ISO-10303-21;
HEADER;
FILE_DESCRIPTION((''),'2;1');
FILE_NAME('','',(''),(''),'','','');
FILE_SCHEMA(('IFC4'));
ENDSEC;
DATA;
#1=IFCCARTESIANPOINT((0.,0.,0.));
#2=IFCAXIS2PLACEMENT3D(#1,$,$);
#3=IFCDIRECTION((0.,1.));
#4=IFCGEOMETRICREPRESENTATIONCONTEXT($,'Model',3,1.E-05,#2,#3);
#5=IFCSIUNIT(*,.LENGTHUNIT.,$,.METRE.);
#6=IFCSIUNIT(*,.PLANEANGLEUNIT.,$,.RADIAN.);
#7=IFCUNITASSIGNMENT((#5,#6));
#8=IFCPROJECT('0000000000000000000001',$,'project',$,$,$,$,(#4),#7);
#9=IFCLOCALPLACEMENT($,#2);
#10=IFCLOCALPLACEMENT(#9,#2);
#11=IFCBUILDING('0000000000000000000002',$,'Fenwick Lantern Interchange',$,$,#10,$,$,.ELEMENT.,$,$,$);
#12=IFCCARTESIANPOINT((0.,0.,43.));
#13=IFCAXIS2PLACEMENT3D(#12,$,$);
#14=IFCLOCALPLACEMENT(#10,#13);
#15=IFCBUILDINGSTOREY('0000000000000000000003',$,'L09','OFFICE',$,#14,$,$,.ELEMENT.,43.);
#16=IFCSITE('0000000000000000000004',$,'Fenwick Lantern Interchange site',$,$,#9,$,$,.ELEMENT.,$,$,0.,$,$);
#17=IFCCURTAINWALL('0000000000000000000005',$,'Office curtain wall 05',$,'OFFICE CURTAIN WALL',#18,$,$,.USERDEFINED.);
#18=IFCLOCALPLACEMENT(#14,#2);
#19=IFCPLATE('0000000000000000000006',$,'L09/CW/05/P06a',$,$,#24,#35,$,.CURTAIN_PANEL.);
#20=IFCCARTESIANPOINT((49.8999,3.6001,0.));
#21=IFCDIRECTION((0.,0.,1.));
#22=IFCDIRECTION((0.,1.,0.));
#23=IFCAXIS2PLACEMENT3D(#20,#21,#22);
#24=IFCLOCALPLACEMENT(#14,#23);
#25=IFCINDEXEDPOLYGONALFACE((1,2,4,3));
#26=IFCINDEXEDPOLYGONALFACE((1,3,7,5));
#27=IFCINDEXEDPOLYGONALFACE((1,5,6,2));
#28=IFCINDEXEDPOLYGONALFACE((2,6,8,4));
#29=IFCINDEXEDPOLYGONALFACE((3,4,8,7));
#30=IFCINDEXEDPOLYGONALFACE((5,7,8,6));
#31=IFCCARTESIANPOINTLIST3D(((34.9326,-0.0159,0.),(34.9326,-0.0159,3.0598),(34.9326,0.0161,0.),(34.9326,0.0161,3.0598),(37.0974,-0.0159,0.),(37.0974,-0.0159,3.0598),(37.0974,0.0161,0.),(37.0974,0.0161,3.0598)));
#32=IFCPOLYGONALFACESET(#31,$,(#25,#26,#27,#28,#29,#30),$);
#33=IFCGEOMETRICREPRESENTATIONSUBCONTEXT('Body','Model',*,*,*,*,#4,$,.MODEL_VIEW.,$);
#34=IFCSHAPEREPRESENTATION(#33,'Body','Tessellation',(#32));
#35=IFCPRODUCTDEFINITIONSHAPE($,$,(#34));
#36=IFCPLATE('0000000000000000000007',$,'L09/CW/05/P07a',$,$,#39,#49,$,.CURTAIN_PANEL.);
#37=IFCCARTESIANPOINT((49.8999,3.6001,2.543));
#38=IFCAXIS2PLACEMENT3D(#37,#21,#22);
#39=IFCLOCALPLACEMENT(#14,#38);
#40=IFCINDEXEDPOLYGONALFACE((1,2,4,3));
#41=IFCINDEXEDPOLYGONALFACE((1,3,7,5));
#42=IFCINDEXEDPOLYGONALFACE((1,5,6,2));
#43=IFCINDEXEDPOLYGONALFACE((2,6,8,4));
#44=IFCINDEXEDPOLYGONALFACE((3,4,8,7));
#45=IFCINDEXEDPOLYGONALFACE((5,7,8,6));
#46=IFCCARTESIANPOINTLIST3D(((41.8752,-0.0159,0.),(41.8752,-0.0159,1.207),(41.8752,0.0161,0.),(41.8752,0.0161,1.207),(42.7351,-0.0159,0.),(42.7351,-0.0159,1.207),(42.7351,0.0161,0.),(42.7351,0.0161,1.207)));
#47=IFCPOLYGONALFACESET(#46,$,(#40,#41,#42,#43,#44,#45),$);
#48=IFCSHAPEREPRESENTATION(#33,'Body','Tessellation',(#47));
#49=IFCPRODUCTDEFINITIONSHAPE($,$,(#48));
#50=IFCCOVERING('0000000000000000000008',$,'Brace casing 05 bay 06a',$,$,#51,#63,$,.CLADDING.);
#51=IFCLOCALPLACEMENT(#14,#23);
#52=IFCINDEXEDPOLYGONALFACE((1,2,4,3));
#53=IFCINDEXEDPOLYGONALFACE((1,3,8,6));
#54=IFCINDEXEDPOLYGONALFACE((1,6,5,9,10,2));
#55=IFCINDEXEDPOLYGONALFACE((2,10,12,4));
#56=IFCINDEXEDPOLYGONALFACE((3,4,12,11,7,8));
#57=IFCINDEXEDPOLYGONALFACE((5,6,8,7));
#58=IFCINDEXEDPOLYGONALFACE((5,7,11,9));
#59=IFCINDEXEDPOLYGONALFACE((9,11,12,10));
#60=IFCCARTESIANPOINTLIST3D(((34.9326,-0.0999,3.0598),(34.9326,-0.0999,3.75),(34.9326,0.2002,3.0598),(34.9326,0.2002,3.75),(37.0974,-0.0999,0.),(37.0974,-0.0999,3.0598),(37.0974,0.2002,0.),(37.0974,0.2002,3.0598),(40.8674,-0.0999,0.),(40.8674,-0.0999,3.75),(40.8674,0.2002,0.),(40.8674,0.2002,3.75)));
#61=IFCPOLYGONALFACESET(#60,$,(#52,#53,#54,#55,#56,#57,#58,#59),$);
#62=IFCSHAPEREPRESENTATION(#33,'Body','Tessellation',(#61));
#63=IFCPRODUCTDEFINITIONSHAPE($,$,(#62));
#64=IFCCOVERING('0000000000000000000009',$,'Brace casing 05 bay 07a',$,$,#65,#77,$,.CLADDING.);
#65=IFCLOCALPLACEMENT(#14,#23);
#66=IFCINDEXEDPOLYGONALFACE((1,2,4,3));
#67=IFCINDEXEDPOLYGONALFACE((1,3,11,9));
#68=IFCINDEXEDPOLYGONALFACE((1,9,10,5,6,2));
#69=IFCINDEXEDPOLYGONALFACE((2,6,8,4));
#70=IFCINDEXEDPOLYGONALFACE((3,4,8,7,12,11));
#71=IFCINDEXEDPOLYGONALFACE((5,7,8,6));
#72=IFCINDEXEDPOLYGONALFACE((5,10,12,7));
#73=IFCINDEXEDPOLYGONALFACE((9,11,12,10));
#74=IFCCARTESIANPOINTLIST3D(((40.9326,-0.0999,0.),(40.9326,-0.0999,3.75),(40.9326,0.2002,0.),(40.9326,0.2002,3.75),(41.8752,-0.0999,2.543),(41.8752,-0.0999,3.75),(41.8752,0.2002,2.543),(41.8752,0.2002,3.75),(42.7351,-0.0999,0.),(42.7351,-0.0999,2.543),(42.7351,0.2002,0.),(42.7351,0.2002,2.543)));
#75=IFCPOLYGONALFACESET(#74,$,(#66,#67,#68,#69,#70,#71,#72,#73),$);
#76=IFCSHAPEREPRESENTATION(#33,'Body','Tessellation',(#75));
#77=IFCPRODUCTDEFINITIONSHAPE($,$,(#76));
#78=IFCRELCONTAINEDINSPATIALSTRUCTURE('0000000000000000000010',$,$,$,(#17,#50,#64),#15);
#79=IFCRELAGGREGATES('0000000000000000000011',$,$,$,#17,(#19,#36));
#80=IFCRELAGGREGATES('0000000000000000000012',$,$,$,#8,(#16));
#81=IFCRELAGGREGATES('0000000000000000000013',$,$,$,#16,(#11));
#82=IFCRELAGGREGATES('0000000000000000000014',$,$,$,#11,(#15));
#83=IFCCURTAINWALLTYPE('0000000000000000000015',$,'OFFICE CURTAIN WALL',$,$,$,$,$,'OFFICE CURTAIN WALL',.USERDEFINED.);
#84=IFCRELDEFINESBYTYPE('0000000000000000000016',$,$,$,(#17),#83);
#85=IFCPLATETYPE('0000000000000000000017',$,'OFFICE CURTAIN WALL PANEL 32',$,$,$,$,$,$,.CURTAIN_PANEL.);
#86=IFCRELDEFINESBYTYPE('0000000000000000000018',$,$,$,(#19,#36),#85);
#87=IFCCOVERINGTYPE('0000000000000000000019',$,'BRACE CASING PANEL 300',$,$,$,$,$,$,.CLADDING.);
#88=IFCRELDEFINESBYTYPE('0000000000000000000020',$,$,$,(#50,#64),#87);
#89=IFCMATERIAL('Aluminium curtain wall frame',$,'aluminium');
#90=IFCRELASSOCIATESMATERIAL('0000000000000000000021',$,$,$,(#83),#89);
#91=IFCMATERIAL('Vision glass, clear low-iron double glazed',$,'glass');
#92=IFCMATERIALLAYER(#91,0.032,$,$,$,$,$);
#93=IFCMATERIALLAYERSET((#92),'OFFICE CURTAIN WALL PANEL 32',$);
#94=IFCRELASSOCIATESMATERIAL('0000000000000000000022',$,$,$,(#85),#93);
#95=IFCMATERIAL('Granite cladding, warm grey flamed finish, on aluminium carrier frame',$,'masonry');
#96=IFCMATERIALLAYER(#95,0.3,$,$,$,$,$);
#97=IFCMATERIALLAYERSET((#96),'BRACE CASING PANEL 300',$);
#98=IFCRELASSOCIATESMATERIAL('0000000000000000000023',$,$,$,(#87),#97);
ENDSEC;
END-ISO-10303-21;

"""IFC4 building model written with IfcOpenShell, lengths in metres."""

from ifc_helpers import new_model, si_unit, direction, frame, origin, place, context, subcontext, project, spatial, polyline, outline, extrude, material, layer, layer_set, type_object, element, aggregate, save


model = new_model("IFC4")

# Units and contexts
model_context = context("Model", 3, precision=1e-05, world=origin(), true_north=direction((0.0, 1.0)))
body_context = subcontext(model_context, "Body", "Model", "MODEL_VIEW")
ifc_project = project(units=[si_unit("LENGTHUNIT", "METRE"), si_unit("PLANEANGLEUNIT", "RADIAN")], contexts=[model_context])

# Site, building, storey
site_placement = place(None, origin())
site = spatial("IfcSite", under=ifc_project, at=site_placement, Name="Fenwick Lantern Interchange site", CompositionType="ELEMENT", RefElevation=0.0)
building_placement = place(site_placement, origin())
building = spatial("IfcBuilding", under=site, at=building_placement, Name="Fenwick Lantern Interchange", CompositionType="ELEMENT")
storey_placement = place(building_placement, frame((0.0, 0.0, 43.0)))
storey = spatial("IfcBuildingStorey", under=building, at=storey_placement, Name="L09", Description="OFFICE", CompositionType="ELEMENT", Elevation=43.0)

# Curtain wall, plates
ifc_material_1 = material(Name="Aluminium curtain wall frame", Category="aluminium")
curtain_wall_type = type_object("IfcCurtainWallType", Name="OFFICE CURTAIN WALL", ElementType="OFFICE CURTAIN WALL", PredefinedType="USERDEFINED", material=ifc_material_1)
curtain_wall_placement = place(storey_placement, origin())
curtain_wall = element("IfcCurtainWall", 1, at=curtain_wall_placement, inside=storey, type_object=curtain_wall_type, Name="Office curtain wall 05", ObjectType="OFFICE CURTAIN WALL", PredefinedType="USERDEFINED")
ifc_material_2 = material(Name="Vision glass, clear low-iron double glazed", Category="glass")
ifc_layer_1 = layer(ifc_material_2, 0.032)
ifc_layer_set_1 = layer_set([ifc_layer_1], Name="OFFICE CURTAIN WALL PANEL 32")
plate_type = type_object("IfcPlateType", Name="OFFICE CURTAIN WALL PANEL 32", PredefinedType="CURTAIN_PANEL", material=ifc_layer_set_1)
plate_1_placement = place(storey_placement, frame((49.8999, 3.6001, 0.0), z_axis=(0.0, 0.0, 1.0), x_axis=(0.0, 1.0, 0.0)))
plate_1 = element("IfcPlate", 2, at=plate_1_placement, type_object=plate_type, Name="L09/CW/05/P06a", PredefinedType="CURTAIN_PANEL", context=body_context, shape_type="SweptSolid", body=[
    extrude(outline(polyline([(34.9326, 0.0), (37.0974, 0.0), (37.0974, 3.0598), (34.9326, 3.0598), (34.9326, 0.0)])), frame((0.0, 0.0161, 0.0), z_axis=(0.0, -1.0, 0.0), x_axis=(1.0, 0.0, 0.0)), (0.0, 0.0, 1.0), 0.032),
])
plate_2_placement = place(storey_placement, frame((49.8999, 3.6001, 2.543), z_axis=(0.0, 0.0, 1.0), x_axis=(0.0, 1.0, 0.0)))
plate_2 = element("IfcPlate", 3, at=plate_2_placement, type_object=plate_type, Name="L09/CW/05/P07a", PredefinedType="CURTAIN_PANEL", context=body_context, shape_type="SweptSolid", body=[
    extrude(outline(polyline([(41.8752, 0.0), (42.7351, 0.0), (42.7351, 1.207), (41.8752, 1.207), (41.8752, 0.0)])), frame((0.0, 0.0161, 0.0), z_axis=(0.0, -1.0, 0.0), x_axis=(1.0, 0.0, 0.0)), (0.0, 0.0, 1.0), 0.032),
])
aggregate(curtain_wall, [plate_1, plate_2])

# Coverings
ifc_material_3 = material(Name="Granite cladding, warm grey flamed finish, on aluminium carrier frame", Category="masonry")
ifc_layer_2 = layer(ifc_material_3, 0.3)
ifc_layer_set_2 = layer_set([ifc_layer_2], Name="BRACE CASING PANEL 300")
covering_type = type_object("IfcCoveringType", Name="BRACE CASING PANEL 300", PredefinedType="CLADDING", material=ifc_layer_set_2)
covering_1_placement = place(storey_placement, frame((49.8999, 3.6001, 0.0), z_axis=(0.0, 0.0, 1.0), x_axis=(0.0, 1.0, 0.0)))
element("IfcCovering", 4, at=covering_1_placement, inside=storey, type_object=covering_type, Name="Brace casing 05 bay 06a", PredefinedType="CLADDING", context=body_context, shape_type="SweptSolid", body=[
    extrude(outline(polyline([(37.0974, 0.0), (40.8674, 0.0), (40.8674, 3.75), (34.9326, 3.75), (34.9326, 3.0598), (37.0974, 3.0598), (37.0974, 0.0)])), frame((0.0, 0.2002, 0.0), z_axis=(0.0, -1.0, 0.0), x_axis=(1.0, 0.0, 0.0)), (0.0, 0.0, 1.0), 0.3),
])
covering_2_placement = place(storey_placement, frame((49.8999, 3.6001, 0.0), z_axis=(0.0, 0.0, 1.0), x_axis=(0.0, 1.0, 0.0)))
element("IfcCovering", 5, at=covering_2_placement, inside=storey, type_object=covering_type, Name="Brace casing 05 bay 07a", PredefinedType="CLADDING", context=body_context, shape_type="SweptSolid", body=[
    extrude(outline(polyline([(40.9326, 0.0), (42.7351, 0.0), (42.7351, 2.543), (41.8752, 2.543), (41.8752, 3.75), (40.9326, 3.75), (40.9326, 0.0)])), frame((0.0, 0.2002, 0.0), z_axis=(0.0, -1.0, 0.0), x_axis=(1.0, 0.0, 0.0)), (0.0, 0.0, 1.0), 0.3),
])

save(model, "model.ifc")
